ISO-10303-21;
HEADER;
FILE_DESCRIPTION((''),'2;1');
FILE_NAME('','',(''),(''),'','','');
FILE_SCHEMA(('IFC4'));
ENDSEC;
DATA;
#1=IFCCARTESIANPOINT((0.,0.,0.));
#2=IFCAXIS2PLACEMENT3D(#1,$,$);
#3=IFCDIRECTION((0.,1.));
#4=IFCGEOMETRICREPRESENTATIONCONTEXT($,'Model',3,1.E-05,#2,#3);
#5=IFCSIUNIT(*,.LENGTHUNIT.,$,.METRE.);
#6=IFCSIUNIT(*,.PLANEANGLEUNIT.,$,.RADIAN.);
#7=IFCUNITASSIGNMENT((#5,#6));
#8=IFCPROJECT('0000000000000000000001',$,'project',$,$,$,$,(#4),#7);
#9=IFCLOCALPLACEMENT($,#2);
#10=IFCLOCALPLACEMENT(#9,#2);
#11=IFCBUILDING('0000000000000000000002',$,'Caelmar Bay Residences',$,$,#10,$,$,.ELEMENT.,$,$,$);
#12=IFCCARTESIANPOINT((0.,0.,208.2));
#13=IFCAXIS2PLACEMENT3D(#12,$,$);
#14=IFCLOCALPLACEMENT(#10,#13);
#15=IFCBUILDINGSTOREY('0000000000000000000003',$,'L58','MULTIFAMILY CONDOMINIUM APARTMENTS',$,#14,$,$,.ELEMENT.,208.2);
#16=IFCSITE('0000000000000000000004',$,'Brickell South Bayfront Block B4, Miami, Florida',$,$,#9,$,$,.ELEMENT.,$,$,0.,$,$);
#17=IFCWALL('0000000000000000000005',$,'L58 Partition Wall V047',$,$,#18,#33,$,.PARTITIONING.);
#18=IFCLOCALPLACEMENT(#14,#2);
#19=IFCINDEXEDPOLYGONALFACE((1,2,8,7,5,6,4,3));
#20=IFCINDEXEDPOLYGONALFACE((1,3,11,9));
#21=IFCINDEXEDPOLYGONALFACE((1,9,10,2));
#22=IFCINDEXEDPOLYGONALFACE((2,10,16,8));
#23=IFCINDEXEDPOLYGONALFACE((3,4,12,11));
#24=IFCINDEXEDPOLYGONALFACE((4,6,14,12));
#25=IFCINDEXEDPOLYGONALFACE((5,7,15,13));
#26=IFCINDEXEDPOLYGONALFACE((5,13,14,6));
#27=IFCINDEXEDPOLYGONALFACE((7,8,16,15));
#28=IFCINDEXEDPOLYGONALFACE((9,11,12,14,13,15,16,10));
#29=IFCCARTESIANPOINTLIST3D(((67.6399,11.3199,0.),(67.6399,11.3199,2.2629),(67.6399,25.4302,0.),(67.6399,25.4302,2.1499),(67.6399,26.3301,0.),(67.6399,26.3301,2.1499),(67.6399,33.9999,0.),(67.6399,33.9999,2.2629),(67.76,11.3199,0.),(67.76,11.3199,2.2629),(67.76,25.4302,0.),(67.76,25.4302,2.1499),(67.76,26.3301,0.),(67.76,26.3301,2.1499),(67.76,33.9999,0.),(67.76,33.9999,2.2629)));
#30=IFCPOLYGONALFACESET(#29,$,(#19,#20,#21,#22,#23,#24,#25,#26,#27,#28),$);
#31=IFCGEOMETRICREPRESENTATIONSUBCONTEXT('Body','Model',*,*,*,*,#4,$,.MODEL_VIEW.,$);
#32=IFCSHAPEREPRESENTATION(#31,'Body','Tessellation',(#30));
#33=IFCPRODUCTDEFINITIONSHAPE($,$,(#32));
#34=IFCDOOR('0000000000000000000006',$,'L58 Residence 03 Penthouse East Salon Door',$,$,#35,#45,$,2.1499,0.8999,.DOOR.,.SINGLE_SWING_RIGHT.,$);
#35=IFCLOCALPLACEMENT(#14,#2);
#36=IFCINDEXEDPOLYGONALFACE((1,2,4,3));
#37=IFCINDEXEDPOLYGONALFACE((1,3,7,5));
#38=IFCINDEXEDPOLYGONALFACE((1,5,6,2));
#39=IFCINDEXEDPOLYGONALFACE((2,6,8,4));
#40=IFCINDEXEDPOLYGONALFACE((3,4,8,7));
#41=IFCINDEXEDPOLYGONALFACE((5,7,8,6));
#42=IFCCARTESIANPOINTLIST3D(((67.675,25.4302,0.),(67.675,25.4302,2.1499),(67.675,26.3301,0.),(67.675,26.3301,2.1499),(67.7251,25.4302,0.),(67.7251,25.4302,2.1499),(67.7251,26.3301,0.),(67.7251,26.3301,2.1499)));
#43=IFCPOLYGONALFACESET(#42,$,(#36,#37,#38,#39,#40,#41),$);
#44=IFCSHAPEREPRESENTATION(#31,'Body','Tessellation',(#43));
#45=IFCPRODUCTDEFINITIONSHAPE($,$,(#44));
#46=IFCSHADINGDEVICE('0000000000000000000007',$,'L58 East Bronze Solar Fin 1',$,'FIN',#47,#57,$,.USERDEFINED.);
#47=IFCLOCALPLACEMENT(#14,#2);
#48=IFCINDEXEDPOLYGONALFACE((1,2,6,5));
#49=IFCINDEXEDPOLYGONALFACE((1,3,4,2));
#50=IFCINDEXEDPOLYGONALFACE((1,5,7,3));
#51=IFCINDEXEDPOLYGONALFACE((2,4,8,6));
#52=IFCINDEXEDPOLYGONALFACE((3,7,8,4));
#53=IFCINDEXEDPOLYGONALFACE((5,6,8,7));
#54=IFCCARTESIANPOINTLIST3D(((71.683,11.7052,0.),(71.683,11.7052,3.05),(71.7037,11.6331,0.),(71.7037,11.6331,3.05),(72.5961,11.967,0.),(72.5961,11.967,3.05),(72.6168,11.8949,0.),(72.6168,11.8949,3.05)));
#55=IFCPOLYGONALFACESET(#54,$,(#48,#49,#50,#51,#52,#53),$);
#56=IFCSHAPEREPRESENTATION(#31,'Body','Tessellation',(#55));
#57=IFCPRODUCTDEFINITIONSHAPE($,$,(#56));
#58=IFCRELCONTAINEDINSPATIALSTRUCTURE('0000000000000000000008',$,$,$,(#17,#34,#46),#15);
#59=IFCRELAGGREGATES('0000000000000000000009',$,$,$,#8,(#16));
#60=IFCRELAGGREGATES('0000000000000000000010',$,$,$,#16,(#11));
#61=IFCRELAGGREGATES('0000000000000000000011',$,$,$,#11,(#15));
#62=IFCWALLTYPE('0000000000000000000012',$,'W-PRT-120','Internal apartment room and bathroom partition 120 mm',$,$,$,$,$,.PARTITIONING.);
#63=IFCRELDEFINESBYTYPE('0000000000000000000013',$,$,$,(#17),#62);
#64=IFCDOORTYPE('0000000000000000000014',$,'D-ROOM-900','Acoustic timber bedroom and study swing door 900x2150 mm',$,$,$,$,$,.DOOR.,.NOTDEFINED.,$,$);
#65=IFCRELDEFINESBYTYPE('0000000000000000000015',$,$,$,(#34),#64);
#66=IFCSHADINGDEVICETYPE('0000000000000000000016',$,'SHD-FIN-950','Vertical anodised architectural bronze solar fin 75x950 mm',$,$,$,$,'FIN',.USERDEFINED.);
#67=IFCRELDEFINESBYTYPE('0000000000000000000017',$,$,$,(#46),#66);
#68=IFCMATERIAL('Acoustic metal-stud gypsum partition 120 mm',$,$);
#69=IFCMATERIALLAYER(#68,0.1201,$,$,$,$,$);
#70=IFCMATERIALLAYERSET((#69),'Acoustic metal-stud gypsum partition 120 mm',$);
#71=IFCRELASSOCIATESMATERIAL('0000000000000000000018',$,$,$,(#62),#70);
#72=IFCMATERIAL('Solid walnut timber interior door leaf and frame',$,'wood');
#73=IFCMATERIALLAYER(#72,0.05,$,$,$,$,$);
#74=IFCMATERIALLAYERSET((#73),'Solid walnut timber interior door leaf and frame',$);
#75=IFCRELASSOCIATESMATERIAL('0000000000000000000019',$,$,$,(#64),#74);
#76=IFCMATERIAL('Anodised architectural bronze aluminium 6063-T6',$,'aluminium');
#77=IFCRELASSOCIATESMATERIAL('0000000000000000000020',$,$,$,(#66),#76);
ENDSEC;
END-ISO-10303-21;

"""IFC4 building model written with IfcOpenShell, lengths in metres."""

from ifc_helpers import new_model, si_unit, direction, frame, frame_2d, origin, origin_2d, place, context, subcontext, project, spatial, rectangle, extrude, material, layer, layer_set, material_profile, profile_set, type_object, element, fill, save


model = new_model("IFC4")

# Units and contexts
model_context = context("Model", 3, precision=1e-05, world=origin(), true_north=direction((0.0, 1.0)))
body_context = subcontext(model_context, "Body", "Model", "MODEL_VIEW")
ifc_project = project(units=[si_unit("LENGTHUNIT", "METRE"), si_unit("PLANEANGLEUNIT", "RADIAN")], contexts=[model_context])

# Site, building, storey
site_placement = place(None, origin())
site = spatial("IfcSite", under=ifc_project, at=site_placement, Name="Brickell South Bayfront Block B4, Miami, Florida", CompositionType="ELEMENT", RefElevation=0.0)
building_placement = place(site_placement, origin())
building = spatial("IfcBuilding", under=site, at=building_placement, Name="Caelmar Bay Residences", CompositionType="ELEMENT")
storey_placement = place(building_placement, frame((0.0, 0.0, 208.2)))
storey = spatial("IfcBuildingStorey", under=building, at=storey_placement, Name="L58", Description="MULTIFAMILY CONDOMINIUM APARTMENTS", CompositionType="ELEMENT", Elevation=208.2)

# Wall, opening, door
ifc_material_1 = material(Name="Acoustic metal-stud gypsum partition 120 mm")
ifc_layer_1 = layer(ifc_material_1, 0.1201)
ifc_layer_set_1 = layer_set([ifc_layer_1], Name="Acoustic metal-stud gypsum partition 120 mm")
wall_type_1 = type_object("IfcWallType", Name="W-PRT-120", Description="Internal apartment room and bathroom partition 120 mm", PredefinedType="PARTITIONING", material=ifc_layer_set_1)
wall_1_placement = place(storey_placement, frame((67.7, 11.3201, 0.0), z_axis=(0.0, 0.0, 1.0), x_axis=(0.0, 1.0, 0.0)))
wall_1 = element("IfcWall", 1, at=wall_1_placement, inside=storey, type_object=wall_type_1, Name="L58 Partition Wall V047", PredefinedType="PARTITIONING", context=body_context, shape_type="SweptSolid", body=[
    extrude(rectangle(XDim=22.6799, YDim=0.1201, at=frame_2d((11.3398, 0.0))), origin(), (0.0, 0.0, 1.0), 2.2629),
])
opening_placement = place(wall_1_placement, frame((14.1101, 0.0, 0.0)))
opening = element("IfcOpeningElement", 2, at=opening_placement, cuts=wall_1, PredefinedType="OPENING", context=body_context, shape_type="SweptSolid", body=[
    extrude(rectangle(XDim=0.8999, YDim=2.1499, at=frame_2d((0.45, 1.075))), frame((0.0, 0.0701, 0.0), z_axis=(0.0, -1.0, 0.0), x_axis=(1.0, 0.0, 0.0)), (0.0, 0.0, 1.0), 0.1401),
])
ifc_material_2 = material(Name="Solid walnut timber interior door leaf and frame", Category="wood")
ifc_layer_2 = layer(ifc_material_2, 0.05)
ifc_layer_set_2 = layer_set([ifc_layer_2], Name="Solid walnut timber interior door leaf and frame")
door_type = type_object("IfcDoorType", Name="D-ROOM-900", Description="Acoustic timber bedroom and study swing door 900x2150 mm", OperationType="NOTDEFINED", PredefinedType="DOOR", material=ifc_layer_set_2)
door_placement = place(opening_placement, origin())
door = element("IfcDoor", 3, at=door_placement, inside=storey, type_object=door_type, Name="L58 Residence 03 Penthouse East Salon Door", OperationType="SINGLE_SWING_RIGHT", OverallHeight=2.1499, OverallWidth=0.8999, PredefinedType="DOOR", context=body_context, shape_type="SweptSolid", body=[
    extrude(rectangle(XDim=0.8999, YDim=2.1499, at=frame_2d((0.45, 1.075))), frame((0.0, 0.0249, 0.0), z_axis=(0.0, -1.0, 0.0), x_axis=(1.0, 0.0, 0.0)), (0.0, 0.0, 1.0), 0.05),
])
fill(opening, door)

# Shading device
ifc_material_3 = material(Name="Anodised architectural bronze aluminium 6063-T6", Category="aluminium")
ifc_material_profile_1 = material_profile(ifc_material_3, rectangle(XDim=0.075, YDim=0.95, at=origin_2d()), Name="BRONZE-FIN-75X950")
ifc_profile_set_1 = profile_set([ifc_material_profile_1], Name="Anodised architectural bronze aluminium 6063-T6")
shading_device_type = type_object("IfcShadingDeviceType", Name="SHD-FIN-950", Description="Vertical anodised architectural bronze solar fin 75x950 mm", ElementType="FIN", PredefinedType="USERDEFINED", material=ifc_profile_set_1)
shading_device_placement = place(storey_placement, frame((72.1499, 11.8, 0.0), z_axis=(0.0, 0.0, 1.0), x_axis=(-0.275637, 0.961262, 0.0)))
element("IfcShadingDevice", 4, at=shading_device_placement, inside=storey, type_object=shading_device_type, Name="L58 East Bronze Solar Fin 1", ObjectType="FIN", PredefinedType="USERDEFINED", context=body_context, shape_type="SweptSolid", body=[
    extrude(rectangle(XDim=0.075, YDim=0.95, at=origin_2d()), origin(), (0.0, 0.0, 1.0), 3.05),
])

save(model, "model.ifc")
